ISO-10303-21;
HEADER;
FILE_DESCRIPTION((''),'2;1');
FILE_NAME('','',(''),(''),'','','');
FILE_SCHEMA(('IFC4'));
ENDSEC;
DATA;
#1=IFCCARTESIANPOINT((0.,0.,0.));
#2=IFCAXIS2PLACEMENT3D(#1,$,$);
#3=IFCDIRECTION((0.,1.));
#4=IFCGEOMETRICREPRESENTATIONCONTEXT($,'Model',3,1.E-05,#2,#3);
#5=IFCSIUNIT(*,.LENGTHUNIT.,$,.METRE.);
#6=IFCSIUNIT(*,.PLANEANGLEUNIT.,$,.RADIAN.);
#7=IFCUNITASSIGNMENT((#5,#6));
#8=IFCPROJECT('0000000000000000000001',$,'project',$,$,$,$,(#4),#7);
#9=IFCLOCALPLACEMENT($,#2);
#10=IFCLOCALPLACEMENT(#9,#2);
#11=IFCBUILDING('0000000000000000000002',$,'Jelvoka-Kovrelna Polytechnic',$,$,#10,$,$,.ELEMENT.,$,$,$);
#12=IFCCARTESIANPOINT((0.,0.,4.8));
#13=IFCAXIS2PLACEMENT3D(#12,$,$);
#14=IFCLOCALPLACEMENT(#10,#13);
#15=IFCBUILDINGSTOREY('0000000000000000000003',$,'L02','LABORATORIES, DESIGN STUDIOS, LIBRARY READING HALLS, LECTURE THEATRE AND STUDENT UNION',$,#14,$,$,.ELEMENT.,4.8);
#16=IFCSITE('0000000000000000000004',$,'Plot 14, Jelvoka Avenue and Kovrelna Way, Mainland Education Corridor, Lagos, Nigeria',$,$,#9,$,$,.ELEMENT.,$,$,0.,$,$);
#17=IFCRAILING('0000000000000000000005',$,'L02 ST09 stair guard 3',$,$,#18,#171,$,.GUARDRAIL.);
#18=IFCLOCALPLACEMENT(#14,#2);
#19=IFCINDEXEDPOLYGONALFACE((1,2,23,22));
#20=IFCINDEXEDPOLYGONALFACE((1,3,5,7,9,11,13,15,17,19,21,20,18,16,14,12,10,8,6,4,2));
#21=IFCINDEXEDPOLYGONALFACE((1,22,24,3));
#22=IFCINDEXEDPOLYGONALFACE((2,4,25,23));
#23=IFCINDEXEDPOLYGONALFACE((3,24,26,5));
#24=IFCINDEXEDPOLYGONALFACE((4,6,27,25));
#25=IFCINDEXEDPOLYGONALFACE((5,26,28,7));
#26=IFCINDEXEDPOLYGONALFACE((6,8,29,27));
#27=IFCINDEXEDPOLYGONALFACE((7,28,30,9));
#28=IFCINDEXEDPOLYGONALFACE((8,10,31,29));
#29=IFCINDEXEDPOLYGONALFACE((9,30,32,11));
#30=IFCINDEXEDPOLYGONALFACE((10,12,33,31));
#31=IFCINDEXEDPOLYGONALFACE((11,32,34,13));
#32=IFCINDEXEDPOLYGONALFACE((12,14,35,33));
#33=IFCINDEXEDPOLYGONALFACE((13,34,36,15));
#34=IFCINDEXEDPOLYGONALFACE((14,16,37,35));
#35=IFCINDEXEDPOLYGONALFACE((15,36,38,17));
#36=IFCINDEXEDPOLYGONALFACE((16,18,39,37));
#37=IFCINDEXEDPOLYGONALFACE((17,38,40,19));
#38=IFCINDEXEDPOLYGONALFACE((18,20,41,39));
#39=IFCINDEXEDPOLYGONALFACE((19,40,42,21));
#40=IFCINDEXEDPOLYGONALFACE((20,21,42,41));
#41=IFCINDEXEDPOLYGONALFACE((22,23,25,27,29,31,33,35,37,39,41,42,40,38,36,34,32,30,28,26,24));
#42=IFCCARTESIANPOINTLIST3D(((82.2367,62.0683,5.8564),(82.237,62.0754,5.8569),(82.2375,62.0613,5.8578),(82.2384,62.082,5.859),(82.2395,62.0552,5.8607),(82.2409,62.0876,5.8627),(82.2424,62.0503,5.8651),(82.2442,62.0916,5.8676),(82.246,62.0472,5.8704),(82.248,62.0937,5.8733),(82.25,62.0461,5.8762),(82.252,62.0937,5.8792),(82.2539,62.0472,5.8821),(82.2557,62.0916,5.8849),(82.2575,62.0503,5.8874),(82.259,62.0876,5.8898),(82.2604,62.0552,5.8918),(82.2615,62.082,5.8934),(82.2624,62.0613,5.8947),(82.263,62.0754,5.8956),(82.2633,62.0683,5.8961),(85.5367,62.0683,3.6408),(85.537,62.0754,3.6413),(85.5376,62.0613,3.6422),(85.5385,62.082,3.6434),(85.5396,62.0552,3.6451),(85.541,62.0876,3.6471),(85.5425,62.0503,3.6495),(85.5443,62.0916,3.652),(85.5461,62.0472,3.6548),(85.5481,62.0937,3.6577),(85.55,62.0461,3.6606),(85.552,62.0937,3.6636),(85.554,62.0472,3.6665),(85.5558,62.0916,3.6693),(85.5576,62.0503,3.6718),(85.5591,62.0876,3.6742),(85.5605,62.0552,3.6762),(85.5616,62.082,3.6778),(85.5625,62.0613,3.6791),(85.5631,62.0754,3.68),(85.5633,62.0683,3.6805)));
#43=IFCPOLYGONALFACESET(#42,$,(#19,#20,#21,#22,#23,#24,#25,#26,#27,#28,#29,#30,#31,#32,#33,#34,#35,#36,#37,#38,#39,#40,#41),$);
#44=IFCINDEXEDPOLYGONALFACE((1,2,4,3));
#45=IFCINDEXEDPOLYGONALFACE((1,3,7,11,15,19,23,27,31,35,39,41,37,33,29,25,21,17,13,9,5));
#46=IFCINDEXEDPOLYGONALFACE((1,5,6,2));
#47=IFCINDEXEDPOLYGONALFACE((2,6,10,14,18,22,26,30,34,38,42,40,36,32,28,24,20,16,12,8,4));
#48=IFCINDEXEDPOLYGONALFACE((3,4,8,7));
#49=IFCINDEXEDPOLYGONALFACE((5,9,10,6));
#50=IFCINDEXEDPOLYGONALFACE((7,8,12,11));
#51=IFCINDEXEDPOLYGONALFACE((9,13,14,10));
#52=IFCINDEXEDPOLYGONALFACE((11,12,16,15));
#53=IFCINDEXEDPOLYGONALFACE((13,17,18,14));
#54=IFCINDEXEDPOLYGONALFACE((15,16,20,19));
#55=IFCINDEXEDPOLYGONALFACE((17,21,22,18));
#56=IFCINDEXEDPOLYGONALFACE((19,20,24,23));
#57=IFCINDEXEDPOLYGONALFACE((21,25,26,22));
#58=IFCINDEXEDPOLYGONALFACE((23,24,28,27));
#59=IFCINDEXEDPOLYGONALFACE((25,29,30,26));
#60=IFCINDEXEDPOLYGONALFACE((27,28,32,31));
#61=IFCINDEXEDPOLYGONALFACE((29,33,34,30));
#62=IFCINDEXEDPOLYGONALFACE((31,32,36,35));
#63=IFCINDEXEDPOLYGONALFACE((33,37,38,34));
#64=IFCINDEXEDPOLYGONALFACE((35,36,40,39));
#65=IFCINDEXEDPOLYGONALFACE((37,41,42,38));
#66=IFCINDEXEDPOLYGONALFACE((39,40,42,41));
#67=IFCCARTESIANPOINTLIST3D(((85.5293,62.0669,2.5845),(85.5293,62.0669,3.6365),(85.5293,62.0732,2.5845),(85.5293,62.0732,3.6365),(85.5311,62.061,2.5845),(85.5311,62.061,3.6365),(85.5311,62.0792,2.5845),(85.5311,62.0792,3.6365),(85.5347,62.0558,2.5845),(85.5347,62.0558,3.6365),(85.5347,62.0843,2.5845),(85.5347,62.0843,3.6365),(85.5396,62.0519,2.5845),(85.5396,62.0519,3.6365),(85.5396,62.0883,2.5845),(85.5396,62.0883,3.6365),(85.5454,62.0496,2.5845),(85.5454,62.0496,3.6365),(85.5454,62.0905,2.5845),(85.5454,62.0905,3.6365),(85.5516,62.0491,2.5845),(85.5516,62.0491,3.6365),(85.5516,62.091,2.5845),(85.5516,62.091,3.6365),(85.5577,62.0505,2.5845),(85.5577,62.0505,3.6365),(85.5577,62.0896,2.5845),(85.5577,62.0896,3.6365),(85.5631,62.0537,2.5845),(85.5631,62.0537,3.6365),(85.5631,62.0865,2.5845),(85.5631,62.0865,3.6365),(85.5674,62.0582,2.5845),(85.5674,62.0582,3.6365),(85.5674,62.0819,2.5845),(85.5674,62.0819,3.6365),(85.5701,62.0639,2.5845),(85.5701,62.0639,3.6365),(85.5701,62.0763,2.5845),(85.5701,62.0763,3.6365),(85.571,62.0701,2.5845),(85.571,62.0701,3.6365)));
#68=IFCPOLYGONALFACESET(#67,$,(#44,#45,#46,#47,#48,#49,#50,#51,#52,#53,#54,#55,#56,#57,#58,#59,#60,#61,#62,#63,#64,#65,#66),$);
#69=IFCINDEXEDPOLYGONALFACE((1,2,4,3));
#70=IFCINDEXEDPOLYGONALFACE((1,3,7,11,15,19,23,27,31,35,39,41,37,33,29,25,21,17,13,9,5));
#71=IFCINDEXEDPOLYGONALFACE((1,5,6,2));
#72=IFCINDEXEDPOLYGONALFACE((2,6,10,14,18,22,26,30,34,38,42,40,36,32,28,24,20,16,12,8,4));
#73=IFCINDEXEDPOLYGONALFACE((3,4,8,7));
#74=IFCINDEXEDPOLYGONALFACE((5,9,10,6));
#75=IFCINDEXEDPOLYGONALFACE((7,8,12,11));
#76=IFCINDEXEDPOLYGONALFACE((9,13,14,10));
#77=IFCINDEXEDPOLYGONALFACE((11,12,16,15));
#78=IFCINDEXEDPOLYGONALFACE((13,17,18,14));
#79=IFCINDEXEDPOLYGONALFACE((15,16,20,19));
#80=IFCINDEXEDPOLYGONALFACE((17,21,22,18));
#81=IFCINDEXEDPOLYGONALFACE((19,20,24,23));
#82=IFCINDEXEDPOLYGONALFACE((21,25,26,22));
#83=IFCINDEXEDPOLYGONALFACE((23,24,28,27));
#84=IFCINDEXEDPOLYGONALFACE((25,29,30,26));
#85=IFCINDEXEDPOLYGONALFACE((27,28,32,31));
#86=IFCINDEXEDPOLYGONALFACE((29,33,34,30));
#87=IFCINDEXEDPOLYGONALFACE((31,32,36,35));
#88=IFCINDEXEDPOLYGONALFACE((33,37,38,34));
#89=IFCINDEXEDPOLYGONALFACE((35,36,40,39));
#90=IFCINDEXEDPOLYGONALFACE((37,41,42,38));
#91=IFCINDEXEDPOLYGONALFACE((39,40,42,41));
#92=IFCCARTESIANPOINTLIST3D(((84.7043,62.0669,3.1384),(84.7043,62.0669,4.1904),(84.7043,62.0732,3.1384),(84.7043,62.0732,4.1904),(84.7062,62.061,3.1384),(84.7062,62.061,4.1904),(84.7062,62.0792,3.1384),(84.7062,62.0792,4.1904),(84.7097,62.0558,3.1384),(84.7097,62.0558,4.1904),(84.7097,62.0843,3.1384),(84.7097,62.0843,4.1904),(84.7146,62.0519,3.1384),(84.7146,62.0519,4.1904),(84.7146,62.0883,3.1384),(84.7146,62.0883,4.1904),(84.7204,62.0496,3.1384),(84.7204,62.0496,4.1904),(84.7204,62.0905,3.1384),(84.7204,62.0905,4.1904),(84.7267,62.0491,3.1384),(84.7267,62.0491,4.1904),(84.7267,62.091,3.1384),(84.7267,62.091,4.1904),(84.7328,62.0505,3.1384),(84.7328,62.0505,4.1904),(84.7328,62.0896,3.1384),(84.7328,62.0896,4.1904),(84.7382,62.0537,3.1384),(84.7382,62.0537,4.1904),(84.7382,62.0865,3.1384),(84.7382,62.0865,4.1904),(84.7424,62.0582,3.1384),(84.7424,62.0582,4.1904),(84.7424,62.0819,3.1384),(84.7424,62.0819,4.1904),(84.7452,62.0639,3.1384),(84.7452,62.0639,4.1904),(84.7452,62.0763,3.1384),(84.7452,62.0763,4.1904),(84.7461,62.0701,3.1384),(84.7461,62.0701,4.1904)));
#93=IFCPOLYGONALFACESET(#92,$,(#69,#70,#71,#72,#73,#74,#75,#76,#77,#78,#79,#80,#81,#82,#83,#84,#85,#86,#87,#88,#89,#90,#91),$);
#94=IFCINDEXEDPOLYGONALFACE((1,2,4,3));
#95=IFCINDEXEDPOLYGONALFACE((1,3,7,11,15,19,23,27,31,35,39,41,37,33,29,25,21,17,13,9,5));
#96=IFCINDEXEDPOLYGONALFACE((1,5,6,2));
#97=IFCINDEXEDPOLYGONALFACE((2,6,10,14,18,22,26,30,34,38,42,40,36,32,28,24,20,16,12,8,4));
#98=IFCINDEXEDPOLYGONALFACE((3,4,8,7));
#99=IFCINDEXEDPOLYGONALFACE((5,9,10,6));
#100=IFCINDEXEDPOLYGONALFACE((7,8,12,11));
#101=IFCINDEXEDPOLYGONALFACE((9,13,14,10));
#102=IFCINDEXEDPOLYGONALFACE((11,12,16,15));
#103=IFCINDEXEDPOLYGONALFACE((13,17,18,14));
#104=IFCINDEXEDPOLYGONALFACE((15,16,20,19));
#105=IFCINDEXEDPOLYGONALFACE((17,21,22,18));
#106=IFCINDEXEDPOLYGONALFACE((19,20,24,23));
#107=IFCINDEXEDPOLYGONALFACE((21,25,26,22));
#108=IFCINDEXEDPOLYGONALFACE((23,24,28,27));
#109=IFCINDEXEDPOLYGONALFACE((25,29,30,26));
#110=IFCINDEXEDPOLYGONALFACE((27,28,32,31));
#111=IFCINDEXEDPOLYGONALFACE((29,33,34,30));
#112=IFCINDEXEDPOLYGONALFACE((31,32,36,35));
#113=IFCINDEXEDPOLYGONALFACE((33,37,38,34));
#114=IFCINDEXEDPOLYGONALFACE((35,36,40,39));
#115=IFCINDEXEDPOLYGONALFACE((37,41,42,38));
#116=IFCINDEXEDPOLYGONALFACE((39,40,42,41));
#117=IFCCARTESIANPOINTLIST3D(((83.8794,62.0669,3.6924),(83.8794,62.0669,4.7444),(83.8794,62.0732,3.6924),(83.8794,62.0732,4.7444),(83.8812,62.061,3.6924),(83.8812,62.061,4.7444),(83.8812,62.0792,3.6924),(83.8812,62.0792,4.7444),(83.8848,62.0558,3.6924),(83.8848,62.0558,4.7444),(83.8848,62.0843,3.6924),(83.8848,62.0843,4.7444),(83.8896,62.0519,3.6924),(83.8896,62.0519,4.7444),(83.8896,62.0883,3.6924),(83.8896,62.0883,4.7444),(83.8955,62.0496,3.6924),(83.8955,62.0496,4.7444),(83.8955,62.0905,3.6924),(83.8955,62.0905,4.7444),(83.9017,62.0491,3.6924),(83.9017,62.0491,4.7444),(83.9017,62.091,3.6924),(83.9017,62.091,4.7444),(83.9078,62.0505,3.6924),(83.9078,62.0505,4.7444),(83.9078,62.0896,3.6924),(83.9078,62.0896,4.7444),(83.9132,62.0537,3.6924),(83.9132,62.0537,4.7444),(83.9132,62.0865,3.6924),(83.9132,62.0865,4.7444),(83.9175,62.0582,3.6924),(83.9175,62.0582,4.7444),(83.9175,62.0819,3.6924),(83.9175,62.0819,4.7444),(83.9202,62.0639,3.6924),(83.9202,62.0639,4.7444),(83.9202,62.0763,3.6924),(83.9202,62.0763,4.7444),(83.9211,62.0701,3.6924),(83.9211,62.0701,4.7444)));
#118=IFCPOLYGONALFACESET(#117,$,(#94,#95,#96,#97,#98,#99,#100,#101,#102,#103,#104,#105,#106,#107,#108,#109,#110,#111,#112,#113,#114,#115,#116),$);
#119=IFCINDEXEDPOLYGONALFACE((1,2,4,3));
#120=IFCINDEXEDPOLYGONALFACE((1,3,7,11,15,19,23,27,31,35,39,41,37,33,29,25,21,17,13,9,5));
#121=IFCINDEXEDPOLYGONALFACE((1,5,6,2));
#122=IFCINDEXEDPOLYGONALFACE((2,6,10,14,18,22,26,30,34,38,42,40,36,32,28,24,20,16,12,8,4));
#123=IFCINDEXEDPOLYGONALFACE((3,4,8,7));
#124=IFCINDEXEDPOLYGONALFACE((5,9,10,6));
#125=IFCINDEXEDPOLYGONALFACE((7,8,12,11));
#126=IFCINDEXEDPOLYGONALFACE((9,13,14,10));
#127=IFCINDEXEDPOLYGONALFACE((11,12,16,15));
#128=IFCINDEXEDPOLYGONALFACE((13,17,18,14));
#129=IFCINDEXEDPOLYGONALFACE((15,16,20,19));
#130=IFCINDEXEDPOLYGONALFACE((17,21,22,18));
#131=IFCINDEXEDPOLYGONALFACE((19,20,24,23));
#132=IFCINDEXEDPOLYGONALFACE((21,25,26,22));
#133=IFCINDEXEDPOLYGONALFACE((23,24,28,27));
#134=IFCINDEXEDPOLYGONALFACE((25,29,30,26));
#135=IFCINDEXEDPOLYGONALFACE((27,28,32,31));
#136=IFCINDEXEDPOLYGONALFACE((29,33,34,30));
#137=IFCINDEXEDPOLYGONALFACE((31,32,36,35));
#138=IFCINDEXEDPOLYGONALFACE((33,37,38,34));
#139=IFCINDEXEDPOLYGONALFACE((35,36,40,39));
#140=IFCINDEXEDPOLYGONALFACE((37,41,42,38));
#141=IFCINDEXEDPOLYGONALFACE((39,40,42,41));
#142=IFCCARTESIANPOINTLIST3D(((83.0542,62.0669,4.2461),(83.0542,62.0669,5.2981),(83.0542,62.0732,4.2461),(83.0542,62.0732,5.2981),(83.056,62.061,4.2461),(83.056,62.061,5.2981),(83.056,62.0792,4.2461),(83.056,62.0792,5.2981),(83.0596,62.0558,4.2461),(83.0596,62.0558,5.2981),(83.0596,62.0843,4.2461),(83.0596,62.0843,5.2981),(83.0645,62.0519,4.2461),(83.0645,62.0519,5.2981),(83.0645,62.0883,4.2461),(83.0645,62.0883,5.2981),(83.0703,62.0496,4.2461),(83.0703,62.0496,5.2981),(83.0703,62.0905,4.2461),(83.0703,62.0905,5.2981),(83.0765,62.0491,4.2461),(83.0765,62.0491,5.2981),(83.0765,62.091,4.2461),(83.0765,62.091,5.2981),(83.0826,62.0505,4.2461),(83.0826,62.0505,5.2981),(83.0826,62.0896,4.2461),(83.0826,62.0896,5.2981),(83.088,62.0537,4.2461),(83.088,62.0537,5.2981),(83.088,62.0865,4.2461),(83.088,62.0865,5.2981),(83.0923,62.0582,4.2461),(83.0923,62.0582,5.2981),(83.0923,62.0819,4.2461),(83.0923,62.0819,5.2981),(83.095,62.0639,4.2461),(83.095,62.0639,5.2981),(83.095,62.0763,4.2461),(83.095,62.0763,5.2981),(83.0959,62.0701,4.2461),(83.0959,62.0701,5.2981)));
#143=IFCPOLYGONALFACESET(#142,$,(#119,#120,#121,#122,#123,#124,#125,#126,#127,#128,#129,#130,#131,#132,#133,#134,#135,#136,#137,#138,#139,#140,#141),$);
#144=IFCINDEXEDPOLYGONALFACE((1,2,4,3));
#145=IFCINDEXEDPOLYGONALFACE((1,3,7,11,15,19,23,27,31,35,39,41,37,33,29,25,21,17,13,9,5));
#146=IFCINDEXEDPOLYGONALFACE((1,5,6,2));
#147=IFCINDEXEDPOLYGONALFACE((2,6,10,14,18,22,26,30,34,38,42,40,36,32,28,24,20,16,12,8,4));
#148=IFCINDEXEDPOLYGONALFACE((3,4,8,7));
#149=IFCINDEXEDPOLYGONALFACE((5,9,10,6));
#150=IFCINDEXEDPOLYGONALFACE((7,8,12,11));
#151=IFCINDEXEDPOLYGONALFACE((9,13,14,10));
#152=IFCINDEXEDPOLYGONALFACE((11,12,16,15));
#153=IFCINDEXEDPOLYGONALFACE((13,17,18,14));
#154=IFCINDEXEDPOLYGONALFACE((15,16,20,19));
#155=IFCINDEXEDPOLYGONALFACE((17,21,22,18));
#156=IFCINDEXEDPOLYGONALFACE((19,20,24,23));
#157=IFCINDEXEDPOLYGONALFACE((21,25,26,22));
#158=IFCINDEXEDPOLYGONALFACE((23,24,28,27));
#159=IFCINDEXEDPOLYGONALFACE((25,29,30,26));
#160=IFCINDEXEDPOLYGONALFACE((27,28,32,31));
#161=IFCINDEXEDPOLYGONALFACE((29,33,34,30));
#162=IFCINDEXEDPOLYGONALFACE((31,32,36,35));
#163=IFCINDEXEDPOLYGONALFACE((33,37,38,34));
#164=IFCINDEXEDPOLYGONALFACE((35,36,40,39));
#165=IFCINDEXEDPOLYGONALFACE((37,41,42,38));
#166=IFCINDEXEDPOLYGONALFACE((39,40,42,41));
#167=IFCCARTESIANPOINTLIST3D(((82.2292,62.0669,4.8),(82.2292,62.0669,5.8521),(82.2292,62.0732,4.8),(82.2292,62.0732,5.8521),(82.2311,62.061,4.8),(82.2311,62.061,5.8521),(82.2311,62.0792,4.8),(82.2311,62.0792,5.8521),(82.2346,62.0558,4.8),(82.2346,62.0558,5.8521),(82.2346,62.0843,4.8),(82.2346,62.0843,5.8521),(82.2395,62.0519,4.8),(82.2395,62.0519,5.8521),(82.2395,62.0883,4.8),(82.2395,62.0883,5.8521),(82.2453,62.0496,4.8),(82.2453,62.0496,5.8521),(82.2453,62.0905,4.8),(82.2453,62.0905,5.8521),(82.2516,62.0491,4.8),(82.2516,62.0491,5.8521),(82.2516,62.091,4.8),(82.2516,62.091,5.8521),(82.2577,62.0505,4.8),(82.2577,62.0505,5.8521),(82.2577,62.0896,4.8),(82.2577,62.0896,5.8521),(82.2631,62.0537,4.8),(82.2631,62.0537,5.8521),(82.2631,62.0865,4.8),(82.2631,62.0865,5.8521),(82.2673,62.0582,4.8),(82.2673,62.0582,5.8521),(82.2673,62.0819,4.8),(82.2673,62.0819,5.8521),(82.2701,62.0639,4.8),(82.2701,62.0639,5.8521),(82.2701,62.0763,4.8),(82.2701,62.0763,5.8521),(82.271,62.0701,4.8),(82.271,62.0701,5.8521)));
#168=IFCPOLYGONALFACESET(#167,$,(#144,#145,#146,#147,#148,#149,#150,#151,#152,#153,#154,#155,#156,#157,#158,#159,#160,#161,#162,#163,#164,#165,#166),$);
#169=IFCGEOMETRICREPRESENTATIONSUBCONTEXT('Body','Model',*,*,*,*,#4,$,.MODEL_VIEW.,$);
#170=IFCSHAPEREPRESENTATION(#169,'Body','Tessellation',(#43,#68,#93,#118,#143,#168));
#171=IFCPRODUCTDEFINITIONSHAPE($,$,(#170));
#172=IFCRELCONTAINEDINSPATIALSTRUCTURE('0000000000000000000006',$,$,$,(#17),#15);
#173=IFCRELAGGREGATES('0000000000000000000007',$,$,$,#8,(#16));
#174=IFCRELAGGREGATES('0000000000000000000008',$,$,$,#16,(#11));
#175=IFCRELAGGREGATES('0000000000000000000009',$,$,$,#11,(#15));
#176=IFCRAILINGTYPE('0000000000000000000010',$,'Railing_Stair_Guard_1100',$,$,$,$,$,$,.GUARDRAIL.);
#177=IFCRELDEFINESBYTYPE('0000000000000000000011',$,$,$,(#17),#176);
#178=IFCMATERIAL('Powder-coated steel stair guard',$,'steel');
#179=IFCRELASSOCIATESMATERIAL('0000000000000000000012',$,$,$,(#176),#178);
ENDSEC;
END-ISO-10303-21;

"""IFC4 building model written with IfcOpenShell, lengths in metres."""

from ifc_helpers import new_model, si_unit, direction, frame, origin, origin_2d, place, context, subcontext, project, spatial, circle, extrude, material, type_object, element, save


model = new_model("IFC4")

# Units and contexts
model_context = context("Model", 3, precision=1e-05, world=origin(), true_north=direction((0.0, 1.0)))
body_context = subcontext(model_context, "Body", "Model", "MODEL_VIEW")
ifc_project = project(units=[si_unit("LENGTHUNIT", "METRE"), si_unit("PLANEANGLEUNIT", "RADIAN")], contexts=[model_context])

# Site, building, storey
site_placement = place(None, origin())
site = spatial("IfcSite", under=ifc_project, at=site_placement, Name="Plot 14, Jelvoka Avenue and Kovrelna Way, Mainland Education Corridor, Lagos, Nigeria", CompositionType="ELEMENT", RefElevation=0.0)
building_placement = place(site_placement, origin())
building = spatial("IfcBuilding", under=site, at=building_placement, Name="Jelvoka-Kovrelna Polytechnic", CompositionType="ELEMENT")
storey_placement = place(building_placement, frame((0.0, 0.0, 4.8)))
storey = spatial("IfcBuildingStorey", under=building, at=storey_placement, Name="L02", Description="LABORATORIES, DESIGN STUDIOS, LIBRARY READING HALLS, LECTURE THEATRE AND STUDENT UNION", CompositionType="ELEMENT", Elevation=4.8)

# Railing
ifc_material_1 = material(Name="Powder-coated steel stair guard", Category="steel")
railing_type_1 = type_object("IfcRailingType", Name="Railing_Stair_Guard_1100", PredefinedType="GUARDRAIL", material=ifc_material_1)
railing_1_placement = place(storey_placement, frame((85.55, 62.0701, 2.5845)))
element("IfcRailing", 1, at=railing_1_placement, inside=storey, type_object=railing_type_1, Name="L02 ST09 stair guard 3", PredefinedType="GUARDRAIL", context=body_context, shape_type="SweptSolid", body=[
    extrude(circle(Radius=0.0239, at=origin_2d()), frame((0.0, 0.0, 1.0762), z_axis=(-0.830241, 0.0, 0.557405), x_axis=(0.0, -1.0, 0.0)), (0.0, 0.0, 1.0), 3.9749),
    extrude(circle(Radius=0.021, at=origin_2d()), origin(), (0.0, 0.0, 1.0), 1.052),
    extrude(circle(Radius=0.021, at=origin_2d()), frame((-0.825, 0.0, 0.554)), (0.0, 0.0, 1.0), 1.052),
    extrude(circle(Radius=0.021, at=origin_2d()), frame((-1.6499, 0.0, 1.1079)), (0.0, 0.0, 1.0), 1.052),
    extrude(circle(Radius=0.021, at=origin_2d()), frame((-2.4751, 0.0, 1.6616)), (0.0, 0.0, 1.0), 1.052),
    extrude(circle(Radius=0.021, at=origin_2d()), frame((-3.3, 0.0, 2.2156)), (0.0, 0.0, 1.0), 1.052),
])

save(model, "model.ifc")
